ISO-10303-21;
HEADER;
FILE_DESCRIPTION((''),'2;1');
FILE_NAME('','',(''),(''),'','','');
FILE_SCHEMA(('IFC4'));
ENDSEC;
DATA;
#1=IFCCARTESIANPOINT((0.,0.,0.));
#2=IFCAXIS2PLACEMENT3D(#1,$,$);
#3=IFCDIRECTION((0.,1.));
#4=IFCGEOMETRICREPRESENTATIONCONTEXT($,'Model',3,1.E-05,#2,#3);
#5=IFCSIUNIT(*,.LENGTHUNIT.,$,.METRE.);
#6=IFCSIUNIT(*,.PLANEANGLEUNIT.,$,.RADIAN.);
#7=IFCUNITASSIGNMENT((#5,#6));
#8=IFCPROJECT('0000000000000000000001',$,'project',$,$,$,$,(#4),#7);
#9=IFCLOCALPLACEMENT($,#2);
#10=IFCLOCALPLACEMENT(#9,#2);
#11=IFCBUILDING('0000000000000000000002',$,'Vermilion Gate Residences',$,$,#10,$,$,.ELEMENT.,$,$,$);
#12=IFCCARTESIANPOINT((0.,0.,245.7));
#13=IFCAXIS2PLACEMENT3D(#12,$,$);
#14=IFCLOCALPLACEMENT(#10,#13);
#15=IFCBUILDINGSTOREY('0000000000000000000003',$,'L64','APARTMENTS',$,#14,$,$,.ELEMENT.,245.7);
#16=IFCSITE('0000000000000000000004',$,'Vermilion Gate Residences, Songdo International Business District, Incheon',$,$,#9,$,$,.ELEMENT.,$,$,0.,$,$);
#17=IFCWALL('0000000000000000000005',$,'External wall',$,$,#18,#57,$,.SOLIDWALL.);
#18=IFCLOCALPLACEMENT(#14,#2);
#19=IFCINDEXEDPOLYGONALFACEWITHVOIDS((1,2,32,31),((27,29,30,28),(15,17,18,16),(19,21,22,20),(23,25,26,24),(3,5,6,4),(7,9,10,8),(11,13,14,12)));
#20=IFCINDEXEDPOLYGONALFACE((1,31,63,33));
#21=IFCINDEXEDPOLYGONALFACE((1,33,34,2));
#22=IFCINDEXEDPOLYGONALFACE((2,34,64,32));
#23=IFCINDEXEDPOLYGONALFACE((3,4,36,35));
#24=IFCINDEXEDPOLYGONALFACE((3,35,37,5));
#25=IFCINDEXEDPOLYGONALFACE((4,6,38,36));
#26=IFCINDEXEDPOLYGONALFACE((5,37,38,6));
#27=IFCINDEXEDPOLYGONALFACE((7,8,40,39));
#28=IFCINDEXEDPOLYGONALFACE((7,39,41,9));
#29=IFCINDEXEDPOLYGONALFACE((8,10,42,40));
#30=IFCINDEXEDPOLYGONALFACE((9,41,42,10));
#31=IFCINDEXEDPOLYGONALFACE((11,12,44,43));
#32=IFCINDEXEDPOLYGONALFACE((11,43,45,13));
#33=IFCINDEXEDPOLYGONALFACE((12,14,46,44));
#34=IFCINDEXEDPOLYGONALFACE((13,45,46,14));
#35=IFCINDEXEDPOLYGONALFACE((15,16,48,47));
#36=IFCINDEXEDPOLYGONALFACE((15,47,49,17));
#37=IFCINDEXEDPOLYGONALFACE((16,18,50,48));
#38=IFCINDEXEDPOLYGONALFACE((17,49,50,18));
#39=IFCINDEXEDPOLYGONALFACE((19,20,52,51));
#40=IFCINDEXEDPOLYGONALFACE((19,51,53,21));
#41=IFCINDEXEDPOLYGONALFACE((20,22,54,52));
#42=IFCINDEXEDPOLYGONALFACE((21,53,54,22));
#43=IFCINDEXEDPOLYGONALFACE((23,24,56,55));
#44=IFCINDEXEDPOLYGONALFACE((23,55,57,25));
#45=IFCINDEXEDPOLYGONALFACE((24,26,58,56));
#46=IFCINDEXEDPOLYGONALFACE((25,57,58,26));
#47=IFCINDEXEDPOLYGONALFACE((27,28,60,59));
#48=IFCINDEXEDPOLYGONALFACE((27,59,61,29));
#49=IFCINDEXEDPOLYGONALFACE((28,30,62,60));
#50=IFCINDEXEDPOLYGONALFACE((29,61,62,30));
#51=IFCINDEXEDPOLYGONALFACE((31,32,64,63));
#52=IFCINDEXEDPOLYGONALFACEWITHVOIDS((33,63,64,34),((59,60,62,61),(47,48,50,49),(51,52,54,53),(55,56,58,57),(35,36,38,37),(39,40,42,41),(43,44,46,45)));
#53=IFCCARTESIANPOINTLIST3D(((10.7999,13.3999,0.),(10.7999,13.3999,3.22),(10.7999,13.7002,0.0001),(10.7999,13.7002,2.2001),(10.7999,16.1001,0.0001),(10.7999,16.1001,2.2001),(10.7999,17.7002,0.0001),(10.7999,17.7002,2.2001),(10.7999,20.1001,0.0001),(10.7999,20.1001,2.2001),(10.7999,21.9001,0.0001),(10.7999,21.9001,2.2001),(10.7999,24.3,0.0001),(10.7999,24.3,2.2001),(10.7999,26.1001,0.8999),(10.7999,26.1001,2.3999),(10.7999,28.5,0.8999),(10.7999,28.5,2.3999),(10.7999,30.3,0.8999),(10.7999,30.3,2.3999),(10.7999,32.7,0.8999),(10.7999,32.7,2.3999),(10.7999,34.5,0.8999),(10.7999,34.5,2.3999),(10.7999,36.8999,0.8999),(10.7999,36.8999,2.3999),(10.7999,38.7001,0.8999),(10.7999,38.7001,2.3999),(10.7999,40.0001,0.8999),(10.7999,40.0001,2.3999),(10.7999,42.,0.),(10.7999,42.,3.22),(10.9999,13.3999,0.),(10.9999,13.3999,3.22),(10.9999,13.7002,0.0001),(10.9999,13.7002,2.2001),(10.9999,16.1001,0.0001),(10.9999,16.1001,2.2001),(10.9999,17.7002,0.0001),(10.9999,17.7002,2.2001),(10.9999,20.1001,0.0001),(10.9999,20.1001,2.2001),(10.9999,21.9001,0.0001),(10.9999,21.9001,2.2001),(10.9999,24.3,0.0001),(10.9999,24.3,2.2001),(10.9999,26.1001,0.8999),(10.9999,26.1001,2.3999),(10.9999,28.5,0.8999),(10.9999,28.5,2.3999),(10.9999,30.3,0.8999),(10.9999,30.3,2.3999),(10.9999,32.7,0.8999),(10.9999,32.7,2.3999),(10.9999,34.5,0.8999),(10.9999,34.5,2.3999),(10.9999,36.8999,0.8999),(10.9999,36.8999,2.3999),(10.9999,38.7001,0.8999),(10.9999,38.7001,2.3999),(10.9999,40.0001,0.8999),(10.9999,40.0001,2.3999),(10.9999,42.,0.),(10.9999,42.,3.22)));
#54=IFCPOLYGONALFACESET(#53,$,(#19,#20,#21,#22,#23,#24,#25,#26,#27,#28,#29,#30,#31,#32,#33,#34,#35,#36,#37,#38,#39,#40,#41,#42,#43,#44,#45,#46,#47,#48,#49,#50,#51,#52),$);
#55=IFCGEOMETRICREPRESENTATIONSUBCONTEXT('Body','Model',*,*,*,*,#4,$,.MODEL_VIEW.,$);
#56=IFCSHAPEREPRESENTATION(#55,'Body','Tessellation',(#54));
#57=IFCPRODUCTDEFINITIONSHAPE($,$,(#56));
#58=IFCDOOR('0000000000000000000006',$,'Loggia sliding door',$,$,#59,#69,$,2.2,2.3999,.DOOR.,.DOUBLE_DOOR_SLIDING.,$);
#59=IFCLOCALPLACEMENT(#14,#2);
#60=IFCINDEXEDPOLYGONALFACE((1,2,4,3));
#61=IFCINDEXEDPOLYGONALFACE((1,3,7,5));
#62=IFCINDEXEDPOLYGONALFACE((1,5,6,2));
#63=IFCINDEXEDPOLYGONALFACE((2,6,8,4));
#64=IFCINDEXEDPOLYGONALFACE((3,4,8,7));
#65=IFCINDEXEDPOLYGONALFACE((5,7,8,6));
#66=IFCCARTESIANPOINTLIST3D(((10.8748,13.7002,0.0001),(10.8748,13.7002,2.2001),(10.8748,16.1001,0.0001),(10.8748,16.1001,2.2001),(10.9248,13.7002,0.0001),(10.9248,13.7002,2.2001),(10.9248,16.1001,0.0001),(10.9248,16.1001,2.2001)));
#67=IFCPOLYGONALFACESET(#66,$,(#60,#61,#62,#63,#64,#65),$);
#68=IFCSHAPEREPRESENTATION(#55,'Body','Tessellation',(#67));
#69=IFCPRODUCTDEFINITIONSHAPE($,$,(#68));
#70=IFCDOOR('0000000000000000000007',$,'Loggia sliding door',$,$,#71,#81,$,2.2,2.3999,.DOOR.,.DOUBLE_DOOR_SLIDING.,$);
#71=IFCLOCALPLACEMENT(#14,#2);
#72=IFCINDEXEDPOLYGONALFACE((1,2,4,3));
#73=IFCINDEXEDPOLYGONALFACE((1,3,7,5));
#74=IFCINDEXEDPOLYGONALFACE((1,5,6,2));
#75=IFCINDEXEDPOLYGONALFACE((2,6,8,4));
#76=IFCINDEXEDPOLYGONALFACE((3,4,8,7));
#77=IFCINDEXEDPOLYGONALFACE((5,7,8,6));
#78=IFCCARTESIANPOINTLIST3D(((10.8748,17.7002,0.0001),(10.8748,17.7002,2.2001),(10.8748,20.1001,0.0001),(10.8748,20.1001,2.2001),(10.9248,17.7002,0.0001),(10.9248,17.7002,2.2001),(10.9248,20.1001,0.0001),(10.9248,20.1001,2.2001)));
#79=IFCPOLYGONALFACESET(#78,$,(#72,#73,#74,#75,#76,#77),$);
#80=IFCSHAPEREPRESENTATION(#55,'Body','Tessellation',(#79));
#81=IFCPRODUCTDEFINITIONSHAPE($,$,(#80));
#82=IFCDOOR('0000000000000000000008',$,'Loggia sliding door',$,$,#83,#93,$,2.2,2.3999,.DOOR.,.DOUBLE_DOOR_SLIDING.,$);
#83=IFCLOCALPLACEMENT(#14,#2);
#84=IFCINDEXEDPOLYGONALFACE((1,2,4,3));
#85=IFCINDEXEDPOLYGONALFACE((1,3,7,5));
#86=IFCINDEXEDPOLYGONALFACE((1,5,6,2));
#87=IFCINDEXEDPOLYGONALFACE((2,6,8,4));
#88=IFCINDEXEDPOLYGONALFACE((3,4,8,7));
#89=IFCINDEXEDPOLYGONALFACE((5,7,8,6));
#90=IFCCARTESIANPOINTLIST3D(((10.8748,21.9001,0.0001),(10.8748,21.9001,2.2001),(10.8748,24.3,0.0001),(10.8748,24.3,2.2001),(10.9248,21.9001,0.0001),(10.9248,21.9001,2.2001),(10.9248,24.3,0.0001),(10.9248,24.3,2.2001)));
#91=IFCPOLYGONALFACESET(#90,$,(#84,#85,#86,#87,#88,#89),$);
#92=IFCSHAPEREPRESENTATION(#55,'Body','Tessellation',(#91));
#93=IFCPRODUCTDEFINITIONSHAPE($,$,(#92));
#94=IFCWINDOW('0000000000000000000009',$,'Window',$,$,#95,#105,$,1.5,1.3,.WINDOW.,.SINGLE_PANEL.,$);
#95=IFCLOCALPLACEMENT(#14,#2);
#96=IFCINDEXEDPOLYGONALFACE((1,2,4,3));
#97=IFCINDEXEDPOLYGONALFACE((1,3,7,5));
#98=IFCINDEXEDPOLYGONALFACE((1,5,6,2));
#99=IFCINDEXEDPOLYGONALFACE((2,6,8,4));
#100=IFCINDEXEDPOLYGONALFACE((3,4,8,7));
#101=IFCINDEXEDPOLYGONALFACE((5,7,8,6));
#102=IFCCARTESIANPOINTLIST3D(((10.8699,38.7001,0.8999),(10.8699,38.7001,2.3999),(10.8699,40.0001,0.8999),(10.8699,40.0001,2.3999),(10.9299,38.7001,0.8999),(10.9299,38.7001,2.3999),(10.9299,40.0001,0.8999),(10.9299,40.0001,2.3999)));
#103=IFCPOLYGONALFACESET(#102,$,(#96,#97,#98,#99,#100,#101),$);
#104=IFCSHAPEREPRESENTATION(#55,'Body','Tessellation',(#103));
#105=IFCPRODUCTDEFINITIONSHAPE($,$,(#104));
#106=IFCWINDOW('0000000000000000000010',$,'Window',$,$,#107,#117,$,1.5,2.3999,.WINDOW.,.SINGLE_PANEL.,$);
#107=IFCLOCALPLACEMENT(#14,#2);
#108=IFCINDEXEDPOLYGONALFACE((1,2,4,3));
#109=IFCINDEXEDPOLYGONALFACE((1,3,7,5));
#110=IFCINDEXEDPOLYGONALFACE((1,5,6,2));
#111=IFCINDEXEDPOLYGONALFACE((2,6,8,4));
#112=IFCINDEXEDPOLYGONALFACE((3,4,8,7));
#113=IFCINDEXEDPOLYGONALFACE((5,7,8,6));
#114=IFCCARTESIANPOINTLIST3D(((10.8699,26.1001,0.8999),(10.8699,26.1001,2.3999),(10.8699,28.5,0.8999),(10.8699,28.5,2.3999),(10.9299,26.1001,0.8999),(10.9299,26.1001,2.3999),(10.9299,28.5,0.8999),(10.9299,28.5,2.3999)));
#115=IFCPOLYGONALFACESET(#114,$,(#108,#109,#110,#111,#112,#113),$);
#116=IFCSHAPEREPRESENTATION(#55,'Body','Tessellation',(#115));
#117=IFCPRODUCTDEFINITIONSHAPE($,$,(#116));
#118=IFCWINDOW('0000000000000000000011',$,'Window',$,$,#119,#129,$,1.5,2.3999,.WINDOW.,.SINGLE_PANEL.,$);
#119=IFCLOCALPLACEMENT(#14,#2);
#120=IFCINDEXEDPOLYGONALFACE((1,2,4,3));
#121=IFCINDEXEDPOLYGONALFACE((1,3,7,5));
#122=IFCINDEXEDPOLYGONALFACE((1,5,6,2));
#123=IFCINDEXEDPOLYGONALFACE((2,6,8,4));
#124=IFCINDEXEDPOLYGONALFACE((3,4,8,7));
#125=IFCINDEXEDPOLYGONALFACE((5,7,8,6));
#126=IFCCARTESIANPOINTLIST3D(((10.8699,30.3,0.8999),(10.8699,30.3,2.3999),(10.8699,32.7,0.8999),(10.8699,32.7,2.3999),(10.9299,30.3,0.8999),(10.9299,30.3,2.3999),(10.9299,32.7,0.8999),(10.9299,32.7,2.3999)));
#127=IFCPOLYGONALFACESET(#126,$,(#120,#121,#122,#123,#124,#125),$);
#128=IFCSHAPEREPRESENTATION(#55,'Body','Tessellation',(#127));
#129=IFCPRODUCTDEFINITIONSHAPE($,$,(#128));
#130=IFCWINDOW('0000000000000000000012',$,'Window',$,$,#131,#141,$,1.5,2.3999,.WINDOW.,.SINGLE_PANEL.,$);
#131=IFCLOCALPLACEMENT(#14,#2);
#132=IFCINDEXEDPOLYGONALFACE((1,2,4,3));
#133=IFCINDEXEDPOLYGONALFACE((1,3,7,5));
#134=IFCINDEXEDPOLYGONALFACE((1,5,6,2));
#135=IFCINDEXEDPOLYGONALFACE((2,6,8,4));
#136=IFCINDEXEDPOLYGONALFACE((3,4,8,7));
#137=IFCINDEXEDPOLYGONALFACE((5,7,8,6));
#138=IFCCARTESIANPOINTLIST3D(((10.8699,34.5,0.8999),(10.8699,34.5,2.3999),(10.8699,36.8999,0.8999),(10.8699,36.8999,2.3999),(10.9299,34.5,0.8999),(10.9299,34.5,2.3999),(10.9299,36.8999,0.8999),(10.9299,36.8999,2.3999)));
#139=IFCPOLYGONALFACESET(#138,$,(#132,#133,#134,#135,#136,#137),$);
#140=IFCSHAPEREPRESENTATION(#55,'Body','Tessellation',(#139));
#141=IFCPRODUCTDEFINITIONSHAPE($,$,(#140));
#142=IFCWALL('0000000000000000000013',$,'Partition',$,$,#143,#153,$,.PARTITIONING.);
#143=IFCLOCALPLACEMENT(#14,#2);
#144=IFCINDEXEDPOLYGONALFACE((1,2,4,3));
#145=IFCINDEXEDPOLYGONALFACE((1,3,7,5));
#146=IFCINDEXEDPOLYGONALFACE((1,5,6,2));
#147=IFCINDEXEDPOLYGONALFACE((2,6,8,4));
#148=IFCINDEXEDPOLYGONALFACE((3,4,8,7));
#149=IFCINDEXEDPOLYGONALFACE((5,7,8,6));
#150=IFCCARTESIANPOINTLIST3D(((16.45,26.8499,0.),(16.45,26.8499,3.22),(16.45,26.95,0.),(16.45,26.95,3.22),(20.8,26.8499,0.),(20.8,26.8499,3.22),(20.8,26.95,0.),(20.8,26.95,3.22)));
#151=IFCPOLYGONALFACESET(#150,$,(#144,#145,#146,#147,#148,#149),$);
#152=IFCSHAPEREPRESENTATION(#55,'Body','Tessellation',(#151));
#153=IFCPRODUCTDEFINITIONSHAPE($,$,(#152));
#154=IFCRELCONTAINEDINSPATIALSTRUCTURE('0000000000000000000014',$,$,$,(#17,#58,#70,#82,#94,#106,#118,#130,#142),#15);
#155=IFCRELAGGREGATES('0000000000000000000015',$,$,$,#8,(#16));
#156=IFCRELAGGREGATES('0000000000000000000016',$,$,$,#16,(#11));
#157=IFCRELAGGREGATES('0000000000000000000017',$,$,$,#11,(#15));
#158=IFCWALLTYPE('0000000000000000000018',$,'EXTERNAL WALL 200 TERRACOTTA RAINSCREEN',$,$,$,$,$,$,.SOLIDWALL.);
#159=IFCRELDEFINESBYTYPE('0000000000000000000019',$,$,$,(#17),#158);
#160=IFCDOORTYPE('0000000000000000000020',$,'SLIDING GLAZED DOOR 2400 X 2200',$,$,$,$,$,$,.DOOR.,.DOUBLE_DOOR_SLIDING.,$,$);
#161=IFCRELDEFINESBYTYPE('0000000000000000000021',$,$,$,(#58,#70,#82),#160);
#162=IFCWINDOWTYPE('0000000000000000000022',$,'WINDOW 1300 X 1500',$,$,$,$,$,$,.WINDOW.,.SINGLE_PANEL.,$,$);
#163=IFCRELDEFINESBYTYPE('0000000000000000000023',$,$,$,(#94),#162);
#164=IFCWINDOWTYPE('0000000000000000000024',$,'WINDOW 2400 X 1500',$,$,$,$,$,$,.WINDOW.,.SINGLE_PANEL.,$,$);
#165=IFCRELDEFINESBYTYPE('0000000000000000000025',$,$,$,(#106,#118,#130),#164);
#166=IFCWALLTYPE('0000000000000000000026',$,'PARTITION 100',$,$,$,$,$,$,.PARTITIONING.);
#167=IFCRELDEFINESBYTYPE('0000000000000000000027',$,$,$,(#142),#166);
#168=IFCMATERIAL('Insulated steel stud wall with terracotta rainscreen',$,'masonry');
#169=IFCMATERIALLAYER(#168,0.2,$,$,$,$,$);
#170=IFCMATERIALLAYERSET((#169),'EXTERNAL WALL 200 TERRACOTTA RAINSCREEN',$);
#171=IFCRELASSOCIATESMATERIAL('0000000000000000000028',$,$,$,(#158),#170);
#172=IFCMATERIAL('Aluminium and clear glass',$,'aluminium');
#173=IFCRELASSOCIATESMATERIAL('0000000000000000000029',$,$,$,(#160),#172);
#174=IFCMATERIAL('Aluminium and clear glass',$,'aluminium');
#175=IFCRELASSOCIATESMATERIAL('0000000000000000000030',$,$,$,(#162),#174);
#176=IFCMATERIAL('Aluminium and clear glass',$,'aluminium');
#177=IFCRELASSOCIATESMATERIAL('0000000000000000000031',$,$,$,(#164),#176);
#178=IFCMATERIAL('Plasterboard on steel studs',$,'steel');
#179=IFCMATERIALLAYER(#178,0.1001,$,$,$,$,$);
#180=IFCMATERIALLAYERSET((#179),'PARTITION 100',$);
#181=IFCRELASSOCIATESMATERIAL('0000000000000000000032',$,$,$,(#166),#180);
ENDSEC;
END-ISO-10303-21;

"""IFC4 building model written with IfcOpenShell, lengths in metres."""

from ifc_helpers import new_model, si_unit, direction, frame, frame_2d, origin, place, context, subcontext, project, spatial, rectangle, extrude, material, layer, layer_set, type_object, element, fill, save


model = new_model("IFC4")

# Units and contexts
model_context = context("Model", 3, precision=1e-05, world=origin(), true_north=direction((0.0, 1.0)))
body_context = subcontext(model_context, "Body", "Model", "MODEL_VIEW")
ifc_project = project(units=[si_unit("LENGTHUNIT", "METRE"), si_unit("PLANEANGLEUNIT", "RADIAN")], contexts=[model_context])

# Site, building, storey
site_placement = place(None, origin())
site = spatial("IfcSite", under=ifc_project, at=site_placement, Name="Vermilion Gate Residences, Songdo International Business District, Incheon", CompositionType="ELEMENT", RefElevation=0.0)
building_placement = place(site_placement, origin())
building = spatial("IfcBuilding", under=site, at=building_placement, Name="Vermilion Gate Residences", CompositionType="ELEMENT")
storey_placement = place(building_placement, frame((0.0, 0.0, 245.7)))
storey = spatial("IfcBuildingStorey", under=building, at=storey_placement, Name="L64", Description="APARTMENTS", CompositionType="ELEMENT", Elevation=245.7)

# Wall, openings, doors, windows
ifc_material_1 = material(Name="Insulated steel stud wall with terracotta rainscreen", Category="masonry")
ifc_layer_1 = layer(ifc_material_1, 0.2)
ifc_layer_set_1 = layer_set([ifc_layer_1], Name="EXTERNAL WALL 200 TERRACOTTA RAINSCREEN")
wall_type_1 = type_object("IfcWallType", Name="EXTERNAL WALL 200 TERRACOTTA RAINSCREEN", PredefinedType="SOLIDWALL", material=ifc_layer_set_1)
wall_1_placement = place(storey_placement, frame((10.8999, 42.0, 0.0), z_axis=(0.0, 0.0, 1.0), x_axis=(0.0, -1.0, 0.0)))
wall_1 = element("IfcWall", 1, at=wall_1_placement, inside=storey, type_object=wall_type_1, Name="External wall", PredefinedType="SOLIDWALL", context=body_context, shape_type="SweptSolid", body=[
    extrude(rectangle(XDim=28.6001, YDim=0.2, at=frame_2d((14.3, 0.0))), origin(), (0.0, 0.0, 1.0), 3.22),
])
opening_1_placement = place(wall_1_placement, frame((25.8999, 0.0, 0.0)))
opening_1 = element("IfcOpeningElement", 2, at=opening_1_placement, cuts=wall_1, PredefinedType="OPENING", context=body_context, shape_type="SweptSolid", body=[
    extrude(rectangle(XDim=2.3999, YDim=2.2, at=frame_2d((1.2, 1.1001))), frame((0.0, 0.1099, 0.0), z_axis=(0.0, -1.0, 0.0), x_axis=(1.0, 0.0, 0.0)), (0.0, 0.0, 1.0), 0.22),
])
opening_2_placement = place(wall_1_placement, frame((21.8999, 0.0, 0.0)))
opening_2 = element("IfcOpeningElement", 3, at=opening_2_placement, cuts=wall_1, PredefinedType="OPENING", context=body_context, shape_type="SweptSolid", body=[
    extrude(rectangle(XDim=2.3999, YDim=2.2, at=frame_2d((1.2, 1.1001))), frame((0.0, 0.1099, 0.0), z_axis=(0.0, -1.0, 0.0), x_axis=(1.0, 0.0, 0.0)), (0.0, 0.0, 1.0), 0.22),
])
opening_3_placement = place(wall_1_placement, frame((17.7, 0.0, 0.0)))
opening_3 = element("IfcOpeningElement", 4, at=opening_3_placement, cuts=wall_1, PredefinedType="OPENING", context=body_context, shape_type="SweptSolid", body=[
    extrude(rectangle(XDim=2.3999, YDim=2.2, at=frame_2d((1.2, 1.1001))), frame((0.0, 0.1099, 0.0), z_axis=(0.0, -1.0, 0.0), x_axis=(1.0, 0.0, 0.0)), (0.0, 0.0, 1.0), 0.22),
])
opening_4_placement = place(wall_1_placement, frame((13.5, 0.0, 0.8999)))
opening_4 = element("IfcOpeningElement", 5, at=opening_4_placement, cuts=wall_1, PredefinedType="OPENING", context=body_context, shape_type="SweptSolid", body=[
    extrude(rectangle(XDim=2.3999, YDim=1.5, at=frame_2d((1.2, 0.75))), frame((0.0, 0.1099, 0.0), z_axis=(0.0, -1.0, 0.0), x_axis=(1.0, 0.0, 0.0)), (0.0, 0.0, 1.0), 0.22),
])
opening_5_placement = place(wall_1_placement, frame((9.3, 0.0, 0.8999)))
opening_5 = element("IfcOpeningElement", 6, at=opening_5_placement, cuts=wall_1, PredefinedType="OPENING", context=body_context, shape_type="SweptSolid", body=[
    extrude(rectangle(XDim=2.3999, YDim=1.5, at=frame_2d((1.2, 0.75))), frame((0.0, 0.1099, 0.0), z_axis=(0.0, -1.0, 0.0), x_axis=(1.0, 0.0, 0.0)), (0.0, 0.0, 1.0), 0.22),
])
opening_6_placement = place(wall_1_placement, frame((5.1001, 0.0, 0.8999)))
opening_6 = element("IfcOpeningElement", 7, at=opening_6_placement, cuts=wall_1, PredefinedType="OPENING", context=body_context, shape_type="SweptSolid", body=[
    extrude(rectangle(XDim=2.3999, YDim=1.5, at=frame_2d((1.2, 0.75))), frame((0.0, 0.1099, 0.0), z_axis=(0.0, -1.0, 0.0), x_axis=(1.0, 0.0, 0.0)), (0.0, 0.0, 1.0), 0.22),
])
opening_7_placement = place(wall_1_placement, frame((2.0, 0.0, 0.8999)))
opening_7 = element("IfcOpeningElement", 8, at=opening_7_placement, cuts=wall_1, PredefinedType="OPENING", context=body_context, shape_type="SweptSolid", body=[
    extrude(rectangle(XDim=1.3, YDim=1.5, at=frame_2d((0.6499, 0.75))), frame((0.0, 0.1099, 0.0), z_axis=(0.0, -1.0, 0.0), x_axis=(1.0, 0.0, 0.0)), (0.0, 0.0, 1.0), 0.22),
])
ifc_material_2 = material(Name="Aluminium and clear glass", Category="aluminium")
door_type_1 = type_object("IfcDoorType", Name="SLIDING GLAZED DOOR 2400 X 2200", OperationType="DOUBLE_DOOR_SLIDING", PredefinedType="DOOR", material=ifc_material_2)
door_1_placement = place(opening_1_placement, origin())
door_1 = element("IfcDoor", 9, at=door_1_placement, inside=storey, type_object=door_type_1, Name="Loggia sliding door", OperationType="DOUBLE_DOOR_SLIDING", OverallHeight=2.2, OverallWidth=2.3999, PredefinedType="DOOR", context=body_context, shape_type="SweptSolid", body=[
    extrude(rectangle(XDim=2.3999, YDim=2.2, at=frame_2d((1.2, 1.1001))), frame((0.0, 0.0249, 0.0), z_axis=(0.0, -1.0, 0.0), x_axis=(1.0, 0.0, 0.0)), (0.0, 0.0, 1.0), 0.05),
])
fill(opening_1, door_1)
door_2_placement = place(opening_2_placement, origin())
door_2 = element("IfcDoor", 10, at=door_2_placement, inside=storey, type_object=door_type_1, Name="Loggia sliding door", OperationType="DOUBLE_DOOR_SLIDING", OverallHeight=2.2, OverallWidth=2.3999, PredefinedType="DOOR", context=body_context, shape_type="SweptSolid", body=[
    extrude(rectangle(XDim=2.3999, YDim=2.2, at=frame_2d((1.2, 1.1001))), frame((0.0, 0.0249, 0.0), z_axis=(0.0, -1.0, 0.0), x_axis=(1.0, 0.0, 0.0)), (0.0, 0.0, 1.0), 0.05),
])
fill(opening_2, door_2)
door_3_placement = place(opening_3_placement, origin())
door_3 = element("IfcDoor", 11, at=door_3_placement, inside=storey, type_object=door_type_1, Name="Loggia sliding door", OperationType="DOUBLE_DOOR_SLIDING", OverallHeight=2.2, OverallWidth=2.3999, PredefinedType="DOOR", context=body_context, shape_type="SweptSolid", body=[
    extrude(rectangle(XDim=2.3999, YDim=2.2, at=frame_2d((1.2, 1.1001))), frame((0.0, 0.0249, 0.0), z_axis=(0.0, -1.0, 0.0), x_axis=(1.0, 0.0, 0.0)), (0.0, 0.0, 1.0), 0.05),
])
fill(opening_3, door_3)
ifc_material_3 = material(Name="Aluminium and clear glass", Category="aluminium")
window_type_1 = type_object("IfcWindowType", Name="WINDOW 1300 X 1500", PartitioningType="SINGLE_PANEL", PredefinedType="WINDOW", material=ifc_material_3)
window_1_placement = place(opening_7_placement, origin())
window_1 = element("IfcWindow", 12, at=window_1_placement, inside=storey, type_object=window_type_1, Name="Window", OverallHeight=1.5, OverallWidth=1.3, PartitioningType="SINGLE_PANEL", PredefinedType="WINDOW", context=body_context, shape_type="SweptSolid", body=[
    extrude(rectangle(XDim=1.3, YDim=1.5, at=frame_2d((0.6499, 0.75))), frame((0.0, 0.03, 0.0), z_axis=(0.0, -1.0, 0.0), x_axis=(1.0, 0.0, 0.0)), (0.0, 0.0, 1.0), 0.0601),
])
fill(opening_7, window_1)
ifc_material_4 = material(Name="Aluminium and clear glass", Category="aluminium")
window_type_2 = type_object("IfcWindowType", Name="WINDOW 2400 X 1500", PartitioningType="SINGLE_PANEL", PredefinedType="WINDOW", material=ifc_material_4)
window_2_placement = place(opening_4_placement, origin())
window_2 = element("IfcWindow", 13, at=window_2_placement, inside=storey, type_object=window_type_2, Name="Window", OverallHeight=1.5, OverallWidth=2.3999, PartitioningType="SINGLE_PANEL", PredefinedType="WINDOW", context=body_context, shape_type="SweptSolid", body=[
    extrude(rectangle(XDim=2.3999, YDim=1.5, at=frame_2d((1.2, 0.75))), frame((0.0, 0.03, 0.0), z_axis=(0.0, -1.0, 0.0), x_axis=(1.0, 0.0, 0.0)), (0.0, 0.0, 1.0), 0.0601),
])
fill(opening_4, window_2)
window_3_placement = place(opening_5_placement, origin())
window_3 = element("IfcWindow", 14, at=window_3_placement, inside=storey, type_object=window_type_2, Name="Window", OverallHeight=1.5, OverallWidth=2.3999, PartitioningType="SINGLE_PANEL", PredefinedType="WINDOW", context=body_context, shape_type="SweptSolid", body=[
    extrude(rectangle(XDim=2.3999, YDim=1.5, at=frame_2d((1.2, 0.75))), frame((0.0, 0.03, 0.0), z_axis=(0.0, -1.0, 0.0), x_axis=(1.0, 0.0, 0.0)), (0.0, 0.0, 1.0), 0.0601),
])
fill(opening_5, window_3)
window_4_placement = place(opening_6_placement, origin())
window_4 = element("IfcWindow", 15, at=window_4_placement, inside=storey, type_object=window_type_2, Name="Window", OverallHeight=1.5, OverallWidth=2.3999, PartitioningType="SINGLE_PANEL", PredefinedType="WINDOW", context=body_context, shape_type="SweptSolid", body=[
    extrude(rectangle(XDim=2.3999, YDim=1.5, at=frame_2d((1.2, 0.75))), frame((0.0, 0.03, 0.0), z_axis=(0.0, -1.0, 0.0), x_axis=(1.0, 0.0, 0.0)), (0.0, 0.0, 1.0), 0.0601),
])
fill(opening_6, window_4)

# Wall
ifc_material_5 = material(Name="Plasterboard on steel studs", Category="steel")
ifc_layer_2 = layer(ifc_material_5, 0.1001)
ifc_layer_set_2 = layer_set([ifc_layer_2], Name="PARTITION 100")
wall_type_2 = type_object("IfcWallType", Name="PARTITION 100", PredefinedType="PARTITIONING", material=ifc_layer_set_2)
wall_2_placement = place(storey_placement, frame((16.45, 26.8999, 0.0), z_axis=(0.0, 0.0, 1.0), x_axis=(1.0, 0.0, 0.0)))
element("IfcWall", 16, at=wall_2_placement, inside=storey, type_object=wall_type_2, Name="Partition", PredefinedType="PARTITIONING", context=body_context, shape_type="SweptSolid", body=[
    extrude(rectangle(XDim=4.3501, YDim=0.1001, at=frame_2d((2.175, 0.0))), origin(), (0.0, 0.0, 1.0), 3.22),
])

save(model, "model.ifc")
